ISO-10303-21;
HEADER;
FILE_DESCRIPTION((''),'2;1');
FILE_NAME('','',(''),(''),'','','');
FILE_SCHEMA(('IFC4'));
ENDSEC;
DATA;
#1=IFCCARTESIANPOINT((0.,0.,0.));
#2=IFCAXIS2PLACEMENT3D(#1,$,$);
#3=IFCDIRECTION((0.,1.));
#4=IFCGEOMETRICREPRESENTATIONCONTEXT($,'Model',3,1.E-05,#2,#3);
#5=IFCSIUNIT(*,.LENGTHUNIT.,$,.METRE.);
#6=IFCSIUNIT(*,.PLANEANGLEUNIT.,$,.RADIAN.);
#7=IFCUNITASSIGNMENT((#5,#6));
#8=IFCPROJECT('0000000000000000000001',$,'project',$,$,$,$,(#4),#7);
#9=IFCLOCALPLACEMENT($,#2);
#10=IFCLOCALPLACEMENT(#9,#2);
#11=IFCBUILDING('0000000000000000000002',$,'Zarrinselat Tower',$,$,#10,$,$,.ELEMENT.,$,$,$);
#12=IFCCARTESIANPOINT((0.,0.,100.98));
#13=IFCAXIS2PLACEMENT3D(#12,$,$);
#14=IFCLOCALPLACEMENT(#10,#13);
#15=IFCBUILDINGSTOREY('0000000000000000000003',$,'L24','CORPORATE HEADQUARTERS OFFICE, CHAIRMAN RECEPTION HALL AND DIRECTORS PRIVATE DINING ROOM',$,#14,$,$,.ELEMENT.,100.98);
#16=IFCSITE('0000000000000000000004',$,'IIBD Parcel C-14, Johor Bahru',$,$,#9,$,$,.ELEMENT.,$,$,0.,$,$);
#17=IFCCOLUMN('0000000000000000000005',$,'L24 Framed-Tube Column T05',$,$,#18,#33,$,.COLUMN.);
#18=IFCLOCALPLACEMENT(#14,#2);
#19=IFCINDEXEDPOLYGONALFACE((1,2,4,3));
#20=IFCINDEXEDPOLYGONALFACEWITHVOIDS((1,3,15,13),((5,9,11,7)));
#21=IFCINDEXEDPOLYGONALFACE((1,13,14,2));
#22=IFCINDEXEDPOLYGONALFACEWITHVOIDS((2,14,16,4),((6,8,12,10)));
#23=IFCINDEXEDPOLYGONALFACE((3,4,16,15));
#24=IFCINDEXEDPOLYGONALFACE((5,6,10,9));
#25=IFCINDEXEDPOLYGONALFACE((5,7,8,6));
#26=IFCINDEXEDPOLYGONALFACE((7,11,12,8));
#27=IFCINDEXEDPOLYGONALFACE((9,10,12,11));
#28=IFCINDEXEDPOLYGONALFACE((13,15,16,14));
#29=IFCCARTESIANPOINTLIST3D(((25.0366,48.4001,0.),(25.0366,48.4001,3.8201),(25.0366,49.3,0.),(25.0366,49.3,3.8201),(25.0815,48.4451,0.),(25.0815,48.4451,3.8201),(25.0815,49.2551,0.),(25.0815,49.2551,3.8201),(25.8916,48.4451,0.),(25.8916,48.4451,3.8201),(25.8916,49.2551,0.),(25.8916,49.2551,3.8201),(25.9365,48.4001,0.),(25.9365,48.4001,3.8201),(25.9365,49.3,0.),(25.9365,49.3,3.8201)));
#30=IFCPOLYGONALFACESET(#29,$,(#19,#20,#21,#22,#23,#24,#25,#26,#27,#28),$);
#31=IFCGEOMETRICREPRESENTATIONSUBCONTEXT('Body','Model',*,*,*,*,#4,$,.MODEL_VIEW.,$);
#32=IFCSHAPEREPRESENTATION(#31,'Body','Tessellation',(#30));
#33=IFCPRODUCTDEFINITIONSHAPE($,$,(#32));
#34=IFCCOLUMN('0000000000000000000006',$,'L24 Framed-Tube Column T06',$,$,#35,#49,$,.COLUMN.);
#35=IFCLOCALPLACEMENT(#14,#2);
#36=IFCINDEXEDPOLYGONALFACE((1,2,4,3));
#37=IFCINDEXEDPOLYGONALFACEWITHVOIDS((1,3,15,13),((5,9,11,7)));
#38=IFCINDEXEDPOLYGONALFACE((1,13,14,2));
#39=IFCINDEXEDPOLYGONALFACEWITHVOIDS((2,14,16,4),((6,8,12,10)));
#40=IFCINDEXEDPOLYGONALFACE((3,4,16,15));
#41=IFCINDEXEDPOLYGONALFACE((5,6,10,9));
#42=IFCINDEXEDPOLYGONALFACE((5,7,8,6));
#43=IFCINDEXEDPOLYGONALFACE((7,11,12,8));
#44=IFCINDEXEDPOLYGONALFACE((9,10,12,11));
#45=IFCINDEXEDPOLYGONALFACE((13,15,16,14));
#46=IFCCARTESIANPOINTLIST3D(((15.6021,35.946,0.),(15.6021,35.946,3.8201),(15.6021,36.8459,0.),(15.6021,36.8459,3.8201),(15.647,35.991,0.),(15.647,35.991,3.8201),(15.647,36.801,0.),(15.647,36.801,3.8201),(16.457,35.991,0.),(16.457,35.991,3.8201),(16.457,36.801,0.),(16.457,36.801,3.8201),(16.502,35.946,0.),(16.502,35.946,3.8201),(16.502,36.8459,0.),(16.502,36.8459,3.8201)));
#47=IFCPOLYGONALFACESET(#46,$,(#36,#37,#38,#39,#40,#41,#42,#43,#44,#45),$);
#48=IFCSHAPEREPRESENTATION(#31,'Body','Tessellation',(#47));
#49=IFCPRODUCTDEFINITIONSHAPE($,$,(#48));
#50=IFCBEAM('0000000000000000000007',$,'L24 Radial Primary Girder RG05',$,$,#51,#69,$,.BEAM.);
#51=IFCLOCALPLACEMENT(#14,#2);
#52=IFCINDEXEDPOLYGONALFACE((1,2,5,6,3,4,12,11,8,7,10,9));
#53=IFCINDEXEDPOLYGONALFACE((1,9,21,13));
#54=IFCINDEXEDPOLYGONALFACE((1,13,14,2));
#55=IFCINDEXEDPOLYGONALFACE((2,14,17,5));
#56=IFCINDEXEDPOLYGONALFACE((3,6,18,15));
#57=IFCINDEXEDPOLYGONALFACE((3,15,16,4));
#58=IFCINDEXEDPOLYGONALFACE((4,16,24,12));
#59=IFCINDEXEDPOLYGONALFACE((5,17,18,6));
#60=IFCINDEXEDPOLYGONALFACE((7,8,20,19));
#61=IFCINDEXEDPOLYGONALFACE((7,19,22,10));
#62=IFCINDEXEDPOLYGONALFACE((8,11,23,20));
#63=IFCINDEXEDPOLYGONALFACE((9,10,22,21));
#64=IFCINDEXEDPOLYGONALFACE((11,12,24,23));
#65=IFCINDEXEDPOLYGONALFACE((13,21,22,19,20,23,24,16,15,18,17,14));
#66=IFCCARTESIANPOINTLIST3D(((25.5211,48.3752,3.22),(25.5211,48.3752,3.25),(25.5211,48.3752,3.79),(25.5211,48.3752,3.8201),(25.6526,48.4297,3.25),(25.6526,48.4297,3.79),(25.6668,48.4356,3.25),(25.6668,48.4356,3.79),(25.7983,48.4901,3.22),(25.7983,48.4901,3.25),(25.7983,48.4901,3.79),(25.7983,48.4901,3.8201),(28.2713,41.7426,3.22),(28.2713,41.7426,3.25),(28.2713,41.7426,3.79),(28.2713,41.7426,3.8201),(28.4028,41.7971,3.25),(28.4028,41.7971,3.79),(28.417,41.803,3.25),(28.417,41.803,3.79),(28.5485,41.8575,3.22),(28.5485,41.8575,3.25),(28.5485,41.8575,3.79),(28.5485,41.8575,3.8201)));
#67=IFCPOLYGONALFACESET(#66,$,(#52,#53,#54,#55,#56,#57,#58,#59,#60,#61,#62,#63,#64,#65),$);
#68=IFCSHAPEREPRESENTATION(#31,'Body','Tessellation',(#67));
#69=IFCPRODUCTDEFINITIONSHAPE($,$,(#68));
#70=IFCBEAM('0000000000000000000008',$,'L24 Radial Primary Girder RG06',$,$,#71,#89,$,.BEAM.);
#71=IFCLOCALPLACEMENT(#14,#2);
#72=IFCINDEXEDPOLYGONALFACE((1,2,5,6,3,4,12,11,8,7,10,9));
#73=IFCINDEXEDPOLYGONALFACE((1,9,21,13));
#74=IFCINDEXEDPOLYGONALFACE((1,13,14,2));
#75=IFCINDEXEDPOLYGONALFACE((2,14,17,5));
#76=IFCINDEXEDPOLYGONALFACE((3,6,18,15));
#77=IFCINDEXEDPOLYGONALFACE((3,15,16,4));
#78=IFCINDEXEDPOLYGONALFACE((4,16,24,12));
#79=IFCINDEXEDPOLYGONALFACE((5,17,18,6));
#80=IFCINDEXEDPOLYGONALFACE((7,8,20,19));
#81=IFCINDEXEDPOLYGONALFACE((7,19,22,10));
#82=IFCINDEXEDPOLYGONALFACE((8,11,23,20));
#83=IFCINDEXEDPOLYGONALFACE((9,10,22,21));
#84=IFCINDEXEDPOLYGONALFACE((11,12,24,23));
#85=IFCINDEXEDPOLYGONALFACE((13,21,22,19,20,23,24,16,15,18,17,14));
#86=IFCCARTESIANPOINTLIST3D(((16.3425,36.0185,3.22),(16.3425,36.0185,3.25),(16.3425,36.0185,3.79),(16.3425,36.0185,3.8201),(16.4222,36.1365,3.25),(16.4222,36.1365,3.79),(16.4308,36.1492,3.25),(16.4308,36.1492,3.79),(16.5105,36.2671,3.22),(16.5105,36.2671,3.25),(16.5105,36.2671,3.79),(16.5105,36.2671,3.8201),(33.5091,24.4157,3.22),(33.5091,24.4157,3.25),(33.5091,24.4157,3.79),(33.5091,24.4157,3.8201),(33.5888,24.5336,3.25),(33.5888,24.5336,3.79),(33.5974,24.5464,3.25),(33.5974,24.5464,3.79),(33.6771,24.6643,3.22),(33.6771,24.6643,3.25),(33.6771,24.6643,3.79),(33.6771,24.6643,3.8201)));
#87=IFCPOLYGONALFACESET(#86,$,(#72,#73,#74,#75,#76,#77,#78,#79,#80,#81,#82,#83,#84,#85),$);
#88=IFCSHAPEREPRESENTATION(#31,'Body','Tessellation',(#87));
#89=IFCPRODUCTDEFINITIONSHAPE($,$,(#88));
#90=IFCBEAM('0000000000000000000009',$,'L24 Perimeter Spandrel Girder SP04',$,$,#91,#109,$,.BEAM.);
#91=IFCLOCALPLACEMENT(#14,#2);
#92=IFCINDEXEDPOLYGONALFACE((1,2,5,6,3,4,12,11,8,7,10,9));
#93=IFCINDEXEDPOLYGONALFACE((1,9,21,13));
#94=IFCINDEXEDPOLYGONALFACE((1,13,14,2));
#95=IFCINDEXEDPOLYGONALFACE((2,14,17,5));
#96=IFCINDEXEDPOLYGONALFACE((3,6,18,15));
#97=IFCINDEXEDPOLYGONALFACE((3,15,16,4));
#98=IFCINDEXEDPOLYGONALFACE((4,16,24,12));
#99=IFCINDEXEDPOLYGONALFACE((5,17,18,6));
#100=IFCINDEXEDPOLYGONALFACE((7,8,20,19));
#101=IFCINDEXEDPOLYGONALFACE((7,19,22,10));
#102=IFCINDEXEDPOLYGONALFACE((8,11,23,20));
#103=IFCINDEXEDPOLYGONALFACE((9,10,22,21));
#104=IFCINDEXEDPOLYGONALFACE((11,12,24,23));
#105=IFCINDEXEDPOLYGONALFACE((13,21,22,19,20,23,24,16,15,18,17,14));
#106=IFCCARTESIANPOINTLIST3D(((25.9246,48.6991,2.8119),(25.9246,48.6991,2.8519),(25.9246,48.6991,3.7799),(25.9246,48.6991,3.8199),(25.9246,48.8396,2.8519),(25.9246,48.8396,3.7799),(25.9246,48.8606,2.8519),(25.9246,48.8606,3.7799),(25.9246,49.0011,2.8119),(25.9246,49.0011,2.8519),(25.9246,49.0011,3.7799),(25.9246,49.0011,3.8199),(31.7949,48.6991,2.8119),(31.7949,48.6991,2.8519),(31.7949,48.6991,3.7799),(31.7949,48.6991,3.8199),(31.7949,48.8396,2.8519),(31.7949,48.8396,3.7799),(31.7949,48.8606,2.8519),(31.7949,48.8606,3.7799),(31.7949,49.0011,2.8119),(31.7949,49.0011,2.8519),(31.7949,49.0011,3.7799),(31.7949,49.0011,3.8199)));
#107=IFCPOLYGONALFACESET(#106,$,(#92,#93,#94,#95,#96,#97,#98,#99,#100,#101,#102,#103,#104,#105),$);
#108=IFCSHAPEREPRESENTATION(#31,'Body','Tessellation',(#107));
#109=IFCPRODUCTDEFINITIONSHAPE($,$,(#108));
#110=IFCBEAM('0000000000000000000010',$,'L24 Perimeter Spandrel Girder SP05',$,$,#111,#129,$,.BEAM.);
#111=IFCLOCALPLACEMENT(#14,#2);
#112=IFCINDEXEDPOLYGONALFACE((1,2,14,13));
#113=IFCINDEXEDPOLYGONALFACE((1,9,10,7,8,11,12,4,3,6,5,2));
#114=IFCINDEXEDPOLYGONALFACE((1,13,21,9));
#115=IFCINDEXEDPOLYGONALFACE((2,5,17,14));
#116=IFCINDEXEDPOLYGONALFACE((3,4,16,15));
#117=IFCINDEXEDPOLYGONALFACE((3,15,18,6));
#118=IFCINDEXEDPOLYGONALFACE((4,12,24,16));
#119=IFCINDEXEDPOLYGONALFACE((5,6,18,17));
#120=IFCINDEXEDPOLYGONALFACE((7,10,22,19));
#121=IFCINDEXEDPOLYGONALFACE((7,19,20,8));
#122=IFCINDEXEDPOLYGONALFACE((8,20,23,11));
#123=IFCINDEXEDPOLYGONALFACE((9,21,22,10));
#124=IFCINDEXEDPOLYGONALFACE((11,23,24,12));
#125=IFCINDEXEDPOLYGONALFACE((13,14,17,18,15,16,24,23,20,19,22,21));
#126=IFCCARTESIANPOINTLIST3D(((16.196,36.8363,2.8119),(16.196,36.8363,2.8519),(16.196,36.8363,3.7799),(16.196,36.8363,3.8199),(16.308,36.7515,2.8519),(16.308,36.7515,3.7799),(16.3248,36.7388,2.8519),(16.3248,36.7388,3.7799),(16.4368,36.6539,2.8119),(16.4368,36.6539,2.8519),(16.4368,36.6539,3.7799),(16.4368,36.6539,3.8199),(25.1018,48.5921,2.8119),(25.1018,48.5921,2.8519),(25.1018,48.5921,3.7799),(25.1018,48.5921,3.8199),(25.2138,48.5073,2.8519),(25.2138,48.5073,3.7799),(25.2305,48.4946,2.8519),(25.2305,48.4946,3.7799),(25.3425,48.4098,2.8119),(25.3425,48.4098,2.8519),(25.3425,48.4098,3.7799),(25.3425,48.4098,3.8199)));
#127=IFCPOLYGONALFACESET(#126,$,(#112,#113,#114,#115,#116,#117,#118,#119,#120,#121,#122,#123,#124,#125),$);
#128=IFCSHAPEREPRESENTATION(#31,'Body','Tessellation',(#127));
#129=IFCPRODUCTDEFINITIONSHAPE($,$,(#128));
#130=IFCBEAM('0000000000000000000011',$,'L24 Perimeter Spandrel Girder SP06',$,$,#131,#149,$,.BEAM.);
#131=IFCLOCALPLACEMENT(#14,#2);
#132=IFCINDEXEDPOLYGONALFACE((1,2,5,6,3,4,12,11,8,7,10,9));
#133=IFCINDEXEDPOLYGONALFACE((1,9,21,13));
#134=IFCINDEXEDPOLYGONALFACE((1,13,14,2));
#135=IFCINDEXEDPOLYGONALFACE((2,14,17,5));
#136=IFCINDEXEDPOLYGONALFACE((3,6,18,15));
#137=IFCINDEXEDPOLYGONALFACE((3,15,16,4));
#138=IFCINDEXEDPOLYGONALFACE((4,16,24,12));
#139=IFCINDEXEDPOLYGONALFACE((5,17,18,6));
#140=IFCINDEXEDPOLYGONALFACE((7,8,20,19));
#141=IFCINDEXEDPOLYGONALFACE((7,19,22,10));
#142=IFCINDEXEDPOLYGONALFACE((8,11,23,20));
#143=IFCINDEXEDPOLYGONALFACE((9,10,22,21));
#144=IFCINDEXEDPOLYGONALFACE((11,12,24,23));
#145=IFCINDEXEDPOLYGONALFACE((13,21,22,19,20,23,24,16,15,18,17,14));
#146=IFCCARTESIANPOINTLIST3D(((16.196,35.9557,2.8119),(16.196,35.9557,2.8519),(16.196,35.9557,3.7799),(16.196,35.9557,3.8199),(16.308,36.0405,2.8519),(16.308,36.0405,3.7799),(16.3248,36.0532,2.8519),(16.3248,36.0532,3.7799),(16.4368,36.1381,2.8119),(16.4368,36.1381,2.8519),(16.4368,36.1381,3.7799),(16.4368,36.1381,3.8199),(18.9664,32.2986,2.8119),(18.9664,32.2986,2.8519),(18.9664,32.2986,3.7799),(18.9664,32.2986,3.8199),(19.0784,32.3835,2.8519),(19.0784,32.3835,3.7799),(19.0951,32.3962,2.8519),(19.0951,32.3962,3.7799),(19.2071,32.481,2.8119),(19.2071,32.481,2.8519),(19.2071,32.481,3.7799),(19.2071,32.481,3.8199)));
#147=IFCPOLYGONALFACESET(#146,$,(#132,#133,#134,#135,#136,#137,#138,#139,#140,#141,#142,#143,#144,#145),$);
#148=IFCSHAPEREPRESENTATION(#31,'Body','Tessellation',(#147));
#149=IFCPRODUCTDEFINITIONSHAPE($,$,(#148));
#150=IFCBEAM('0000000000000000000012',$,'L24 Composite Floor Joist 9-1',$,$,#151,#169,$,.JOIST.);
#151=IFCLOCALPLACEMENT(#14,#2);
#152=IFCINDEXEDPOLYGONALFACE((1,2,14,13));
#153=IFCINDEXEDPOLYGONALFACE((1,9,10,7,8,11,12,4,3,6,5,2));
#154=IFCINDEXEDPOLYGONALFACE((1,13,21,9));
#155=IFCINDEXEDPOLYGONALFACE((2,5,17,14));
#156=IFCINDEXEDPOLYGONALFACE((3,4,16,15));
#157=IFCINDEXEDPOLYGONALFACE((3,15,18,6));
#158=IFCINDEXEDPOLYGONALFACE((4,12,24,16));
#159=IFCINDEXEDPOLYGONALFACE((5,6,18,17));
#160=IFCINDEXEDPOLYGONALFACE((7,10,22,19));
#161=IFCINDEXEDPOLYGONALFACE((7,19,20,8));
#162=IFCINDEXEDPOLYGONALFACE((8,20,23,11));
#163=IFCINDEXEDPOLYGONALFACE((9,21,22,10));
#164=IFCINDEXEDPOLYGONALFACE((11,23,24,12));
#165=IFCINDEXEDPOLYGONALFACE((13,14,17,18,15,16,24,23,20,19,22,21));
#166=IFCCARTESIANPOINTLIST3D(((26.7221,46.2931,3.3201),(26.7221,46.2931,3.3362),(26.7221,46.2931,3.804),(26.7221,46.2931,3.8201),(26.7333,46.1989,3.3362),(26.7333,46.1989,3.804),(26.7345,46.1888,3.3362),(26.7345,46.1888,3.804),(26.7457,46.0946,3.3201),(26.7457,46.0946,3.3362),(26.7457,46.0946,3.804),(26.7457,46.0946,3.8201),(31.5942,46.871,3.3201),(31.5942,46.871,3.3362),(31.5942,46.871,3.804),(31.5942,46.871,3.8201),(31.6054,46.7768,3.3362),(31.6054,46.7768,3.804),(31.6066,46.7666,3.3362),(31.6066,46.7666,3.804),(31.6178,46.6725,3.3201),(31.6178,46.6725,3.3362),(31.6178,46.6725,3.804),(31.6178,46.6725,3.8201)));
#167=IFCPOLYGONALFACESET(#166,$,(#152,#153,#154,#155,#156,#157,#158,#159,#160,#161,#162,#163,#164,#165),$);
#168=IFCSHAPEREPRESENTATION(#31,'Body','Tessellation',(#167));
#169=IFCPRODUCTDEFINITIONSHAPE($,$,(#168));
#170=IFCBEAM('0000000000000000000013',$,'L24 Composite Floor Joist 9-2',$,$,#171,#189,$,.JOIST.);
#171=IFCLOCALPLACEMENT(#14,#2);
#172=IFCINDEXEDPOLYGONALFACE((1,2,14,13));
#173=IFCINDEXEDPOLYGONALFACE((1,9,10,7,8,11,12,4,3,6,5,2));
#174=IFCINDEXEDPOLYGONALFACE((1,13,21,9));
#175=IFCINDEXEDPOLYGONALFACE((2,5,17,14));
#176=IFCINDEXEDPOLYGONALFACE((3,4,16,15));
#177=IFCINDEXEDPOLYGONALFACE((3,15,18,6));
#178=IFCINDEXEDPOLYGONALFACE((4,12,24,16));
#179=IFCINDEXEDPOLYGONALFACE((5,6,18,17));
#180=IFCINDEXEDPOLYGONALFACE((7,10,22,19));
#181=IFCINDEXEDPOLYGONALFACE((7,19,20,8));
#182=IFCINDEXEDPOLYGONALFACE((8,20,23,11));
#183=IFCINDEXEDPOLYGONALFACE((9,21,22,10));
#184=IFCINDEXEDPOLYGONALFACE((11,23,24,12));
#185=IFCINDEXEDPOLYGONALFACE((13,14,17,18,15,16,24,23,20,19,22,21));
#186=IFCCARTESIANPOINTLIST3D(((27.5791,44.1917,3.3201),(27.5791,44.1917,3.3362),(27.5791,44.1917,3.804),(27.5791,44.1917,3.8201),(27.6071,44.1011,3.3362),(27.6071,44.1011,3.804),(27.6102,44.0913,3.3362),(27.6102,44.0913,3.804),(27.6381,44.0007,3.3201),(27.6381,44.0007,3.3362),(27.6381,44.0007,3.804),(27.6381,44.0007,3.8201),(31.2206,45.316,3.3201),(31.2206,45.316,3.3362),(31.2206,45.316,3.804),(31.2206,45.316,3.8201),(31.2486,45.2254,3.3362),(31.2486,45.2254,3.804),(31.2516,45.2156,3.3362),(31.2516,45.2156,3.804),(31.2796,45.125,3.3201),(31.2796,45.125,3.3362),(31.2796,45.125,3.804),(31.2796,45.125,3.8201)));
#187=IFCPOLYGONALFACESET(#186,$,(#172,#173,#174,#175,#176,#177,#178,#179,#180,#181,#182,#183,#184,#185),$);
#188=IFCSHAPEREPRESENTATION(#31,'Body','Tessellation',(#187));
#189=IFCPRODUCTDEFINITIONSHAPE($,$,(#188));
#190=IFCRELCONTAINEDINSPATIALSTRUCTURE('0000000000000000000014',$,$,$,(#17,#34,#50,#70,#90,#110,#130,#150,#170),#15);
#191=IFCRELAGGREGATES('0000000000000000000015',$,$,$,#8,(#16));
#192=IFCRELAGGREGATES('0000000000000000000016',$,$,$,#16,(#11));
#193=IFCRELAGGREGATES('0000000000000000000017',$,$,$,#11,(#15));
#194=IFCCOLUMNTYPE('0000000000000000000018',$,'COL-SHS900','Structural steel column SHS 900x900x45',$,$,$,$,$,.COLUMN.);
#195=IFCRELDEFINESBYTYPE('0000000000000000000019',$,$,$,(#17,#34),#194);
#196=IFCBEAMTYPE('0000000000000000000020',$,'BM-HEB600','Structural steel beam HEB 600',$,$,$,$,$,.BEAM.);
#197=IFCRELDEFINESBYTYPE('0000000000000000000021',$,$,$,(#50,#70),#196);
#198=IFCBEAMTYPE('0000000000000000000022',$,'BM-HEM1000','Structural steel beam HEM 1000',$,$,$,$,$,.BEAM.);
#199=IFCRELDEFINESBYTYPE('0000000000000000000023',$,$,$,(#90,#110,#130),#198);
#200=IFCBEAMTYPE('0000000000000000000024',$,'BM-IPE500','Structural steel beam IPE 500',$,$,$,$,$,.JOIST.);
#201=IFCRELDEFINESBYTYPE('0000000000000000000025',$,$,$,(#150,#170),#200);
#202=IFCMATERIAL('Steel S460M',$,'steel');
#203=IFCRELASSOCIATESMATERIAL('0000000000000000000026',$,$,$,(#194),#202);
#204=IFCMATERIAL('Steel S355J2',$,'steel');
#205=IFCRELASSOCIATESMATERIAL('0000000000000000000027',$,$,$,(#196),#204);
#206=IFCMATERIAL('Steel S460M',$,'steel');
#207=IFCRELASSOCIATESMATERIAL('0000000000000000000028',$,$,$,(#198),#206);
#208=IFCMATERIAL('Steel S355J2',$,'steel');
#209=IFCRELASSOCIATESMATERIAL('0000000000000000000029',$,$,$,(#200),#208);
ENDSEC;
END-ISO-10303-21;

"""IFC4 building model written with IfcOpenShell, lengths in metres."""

from ifc_helpers import new_model, si_unit, direction, frame, origin, origin_2d, place, context, subcontext, project, spatial, hollow_rectangle, i_section, extrude, material, material_profile, profile_set, type_object, element, save


model = new_model("IFC4")

# Units and contexts
model_context = context("Model", 3, precision=1e-05, world=origin(), true_north=direction((0.0, 1.0)))
body_context = subcontext(model_context, "Body", "Model", "MODEL_VIEW")
ifc_project = project(units=[si_unit("LENGTHUNIT", "METRE"), si_unit("PLANEANGLEUNIT", "RADIAN")], contexts=[model_context])

# Site, building, storey
site_placement = place(None, origin())
site = spatial("IfcSite", under=ifc_project, at=site_placement, Name="IIBD Parcel C-14, Johor Bahru", CompositionType="ELEMENT", RefElevation=0.0)
building_placement = place(site_placement, origin())
building = spatial("IfcBuilding", under=site, at=building_placement, Name="Zarrinselat Tower", CompositionType="ELEMENT")
storey_placement = place(building_placement, frame((0.0, 0.0, 100.98)))
storey = spatial("IfcBuildingStorey", under=building, at=storey_placement, Name="L24", Description="CORPORATE HEADQUARTERS OFFICE, CHAIRMAN RECEPTION HALL AND DIRECTORS PRIVATE DINING ROOM", CompositionType="ELEMENT", Elevation=100.98)

# Columns
ifc_material_1 = material(Name="Steel S460M", Category="steel")
ifc_material_profile_1 = material_profile(ifc_material_1, hollow_rectangle(XDim=0.8999, YDim=0.8999, WallThickness=0.0449, at=origin_2d()), Name="SHS 900x900x45")
ifc_profile_set_1 = profile_set([ifc_material_profile_1], Name="Steel S460M")
column_type = type_object("IfcColumnType", Name="COL-SHS900", Description="Structural steel column SHS 900x900x45", PredefinedType="COLUMN", material=ifc_profile_set_1)
for number, where, z_axis, x_axis, name in (
    (1, (25.4866, 48.8501, 0.0), (0.0, 0.0, 1.0), (1.0, 0.0, 0.0), "L24 Framed-Tube Column T05"),
    (2, (16.052, 36.396, 0.0), (0.0, 0.0, 1.0), (1.0, 0.0, 0.0), "L24 Framed-Tube Column T06"),
):
    element("IfcColumn", number, at=place(storey_placement, frame(where, z_axis=z_axis, x_axis=x_axis)), inside=storey, type_object=column_type, Name=name, PredefinedType="COLUMN", context=body_context, shape_type="SweptSolid", body=[
        extrude(hollow_rectangle(XDim=0.8999, YDim=0.8999, WallThickness=0.0449, at=origin_2d()), origin(), (0.0, 0.0, 1.0), 3.8201),
    ])

# Beams
ifc_material_2 = material(Name="Steel S355J2", Category="steel")
ifc_material_profile_2 = material_profile(ifc_material_2, i_section(OverallWidth=0.3, OverallDepth=0.6001, WebThickness=0.0154, FlangeThickness=0.03, at=origin_2d()), Name="HEB 600")
ifc_profile_set_2 = profile_set([ifc_material_profile_2], Name="Steel S355J2")
beam_type_1 = type_object("IfcBeamType", Name="BM-HEB600", Description="Structural steel beam HEB 600", PredefinedType="BEAM", material=ifc_profile_set_2)
beam_1_placement = place(storey_placement, frame((25.6597, 48.4326, 3.52), z_axis=(0.383033, -0.923734, 0.0), x_axis=(0.923734, 0.383033, 0.0)))
element("IfcBeam", 3, at=beam_1_placement, inside=storey, type_object=beam_type_1, Name="L24 Radial Primary Girder RG05", PredefinedType="BEAM", context=body_context, shape_type="SweptSolid", body=[
    extrude(i_section(OverallWidth=0.3, OverallDepth=0.6001, WebThickness=0.0154, FlangeThickness=0.03, at=origin_2d()), origin(), (0.0, 0.0, 1.0), 7.1802),
])
beam_2_placement = place(storey_placement, frame((16.4265, 36.1428, 3.52), z_axis=(0.828504, -0.559983, 0.0), x_axis=(0.559983, 0.828504, 0.0)))
element("IfcBeam", 4, at=beam_2_placement, inside=storey, type_object=beam_type_1, Name="L24 Radial Primary Girder RG06", PredefinedType="BEAM", context=body_context, shape_type="SweptSolid", body=[
    extrude(i_section(OverallWidth=0.3, OverallDepth=0.6001, WebThickness=0.0154, FlangeThickness=0.03, at=origin_2d()), origin(), (0.0, 0.0, 1.0), 20.72),
])
ifc_material_3 = material(Name="Steel S460M", Category="steel")
ifc_material_profile_3 = material_profile(ifc_material_3, i_section(OverallWidth=0.302, OverallDepth=1.0081, WebThickness=0.021, FlangeThickness=0.04, at=origin_2d()), Name="HEM 1000")
ifc_profile_set_3 = profile_set([ifc_material_profile_3], Name="Steel S460M")
beam_type_2 = type_object("IfcBeamType", Name="BM-HEM1000", Description="Structural steel beam HEM 1000", PredefinedType="BEAM", material=ifc_profile_set_3)
beam_3_placement = place(storey_placement, frame((25.9246, 48.8501, 3.3159), z_axis=(1.0, 0.0, 0.0), x_axis=(0.0, 1.0, 0.0)))
element("IfcBeam", 5, at=beam_3_placement, inside=storey, type_object=beam_type_2, Name="L24 Perimeter Spandrel Girder SP04", PredefinedType="BEAM", context=body_context, shape_type="SweptSolid", body=[
    extrude(i_section(OverallWidth=0.302, OverallDepth=1.0081, WebThickness=0.021, FlangeThickness=0.04, at=origin_2d()), origin(), (0.0, 0.0, 1.0), 5.8704),
])
beam_4_placement = place(storey_placement, frame((16.3164, 36.7451, 3.3159), z_axis=(0.603849, 0.797098, 0.0), x_axis=(-0.797098, 0.603849, 0.0)))
element("IfcBeam", 6, at=beam_4_placement, inside=storey, type_object=beam_type_2, Name="L24 Perimeter Spandrel Girder SP05", PredefinedType="BEAM", context=body_context, shape_type="SweptSolid", body=[
    extrude(i_section(OverallWidth=0.302, OverallDepth=1.0081, WebThickness=0.021, FlangeThickness=0.04, at=origin_2d()), origin(), (0.0, 0.0, 1.0), 14.7483),
])
beam_5_placement = place(storey_placement, frame((16.3164, 36.0469, 3.3159), z_axis=(0.603833, -0.797111, 0.0), x_axis=(0.797111, 0.603833, 0.0)))
element("IfcBeam", 7, at=beam_5_placement, inside=storey, type_object=beam_type_2, Name="L24 Perimeter Spandrel Girder SP06", PredefinedType="BEAM", context=body_context, shape_type="SweptSolid", body=[
    extrude(i_section(OverallWidth=0.302, OverallDepth=1.0081, WebThickness=0.021, FlangeThickness=0.04, at=origin_2d()), origin(), (0.0, 0.0, 1.0), 4.5879),
])
ifc_material_4 = material(Name="Steel S355J2", Category="steel")
ifc_material_profile_4 = material_profile(ifc_material_4, i_section(OverallWidth=0.2, OverallDepth=0.5, WebThickness=0.0103, FlangeThickness=0.0161, at=origin_2d()), Name="IPE 500")
ifc_profile_set_4 = profile_set([ifc_material_profile_4], Name="Steel S355J2")
beam_type_3 = type_object("IfcBeamType", Name="BM-IPE500", Description="Structural steel beam IPE 500", PredefinedType="JOIST", material=ifc_profile_set_4)
beam_6_placement = place(storey_placement, frame((26.7339, 46.1938, 3.5701), z_axis=(0.993039, 0.117785, 0.0), x_axis=(-0.117785, 0.993039, 0.0)))
element("IfcBeam", 8, at=beam_6_placement, inside=storey, type_object=beam_type_3, Name="L24 Composite Floor Joist 9-1", PredefinedType="JOIST", context=body_context, shape_type="SweptSolid", body=[
    extrude(i_section(OverallWidth=0.2, OverallDepth=0.5, WebThickness=0.0103, FlangeThickness=0.0161, at=origin_2d()), origin(), (0.0, 0.0, 1.0), 4.9062),
])
beam_7_placement = place(storey_placement, frame((27.6086, 44.0962, 3.5701), z_axis=(0.955495, 0.295009, 0.0), x_axis=(-0.295009, 0.955495, 0.0)))
element("IfcBeam", 9, at=beam_7_placement, inside=storey, type_object=beam_type_3, Name="L24 Composite Floor Joist 9-2", PredefinedType="JOIST", context=body_context, shape_type="SweptSolid", body=[
    extrude(i_section(OverallWidth=0.2, OverallDepth=0.5, WebThickness=0.0103, FlangeThickness=0.0161, at=origin_2d()), origin(), (0.0, 0.0, 1.0), 3.811),
])

save(model, "model.ifc")
